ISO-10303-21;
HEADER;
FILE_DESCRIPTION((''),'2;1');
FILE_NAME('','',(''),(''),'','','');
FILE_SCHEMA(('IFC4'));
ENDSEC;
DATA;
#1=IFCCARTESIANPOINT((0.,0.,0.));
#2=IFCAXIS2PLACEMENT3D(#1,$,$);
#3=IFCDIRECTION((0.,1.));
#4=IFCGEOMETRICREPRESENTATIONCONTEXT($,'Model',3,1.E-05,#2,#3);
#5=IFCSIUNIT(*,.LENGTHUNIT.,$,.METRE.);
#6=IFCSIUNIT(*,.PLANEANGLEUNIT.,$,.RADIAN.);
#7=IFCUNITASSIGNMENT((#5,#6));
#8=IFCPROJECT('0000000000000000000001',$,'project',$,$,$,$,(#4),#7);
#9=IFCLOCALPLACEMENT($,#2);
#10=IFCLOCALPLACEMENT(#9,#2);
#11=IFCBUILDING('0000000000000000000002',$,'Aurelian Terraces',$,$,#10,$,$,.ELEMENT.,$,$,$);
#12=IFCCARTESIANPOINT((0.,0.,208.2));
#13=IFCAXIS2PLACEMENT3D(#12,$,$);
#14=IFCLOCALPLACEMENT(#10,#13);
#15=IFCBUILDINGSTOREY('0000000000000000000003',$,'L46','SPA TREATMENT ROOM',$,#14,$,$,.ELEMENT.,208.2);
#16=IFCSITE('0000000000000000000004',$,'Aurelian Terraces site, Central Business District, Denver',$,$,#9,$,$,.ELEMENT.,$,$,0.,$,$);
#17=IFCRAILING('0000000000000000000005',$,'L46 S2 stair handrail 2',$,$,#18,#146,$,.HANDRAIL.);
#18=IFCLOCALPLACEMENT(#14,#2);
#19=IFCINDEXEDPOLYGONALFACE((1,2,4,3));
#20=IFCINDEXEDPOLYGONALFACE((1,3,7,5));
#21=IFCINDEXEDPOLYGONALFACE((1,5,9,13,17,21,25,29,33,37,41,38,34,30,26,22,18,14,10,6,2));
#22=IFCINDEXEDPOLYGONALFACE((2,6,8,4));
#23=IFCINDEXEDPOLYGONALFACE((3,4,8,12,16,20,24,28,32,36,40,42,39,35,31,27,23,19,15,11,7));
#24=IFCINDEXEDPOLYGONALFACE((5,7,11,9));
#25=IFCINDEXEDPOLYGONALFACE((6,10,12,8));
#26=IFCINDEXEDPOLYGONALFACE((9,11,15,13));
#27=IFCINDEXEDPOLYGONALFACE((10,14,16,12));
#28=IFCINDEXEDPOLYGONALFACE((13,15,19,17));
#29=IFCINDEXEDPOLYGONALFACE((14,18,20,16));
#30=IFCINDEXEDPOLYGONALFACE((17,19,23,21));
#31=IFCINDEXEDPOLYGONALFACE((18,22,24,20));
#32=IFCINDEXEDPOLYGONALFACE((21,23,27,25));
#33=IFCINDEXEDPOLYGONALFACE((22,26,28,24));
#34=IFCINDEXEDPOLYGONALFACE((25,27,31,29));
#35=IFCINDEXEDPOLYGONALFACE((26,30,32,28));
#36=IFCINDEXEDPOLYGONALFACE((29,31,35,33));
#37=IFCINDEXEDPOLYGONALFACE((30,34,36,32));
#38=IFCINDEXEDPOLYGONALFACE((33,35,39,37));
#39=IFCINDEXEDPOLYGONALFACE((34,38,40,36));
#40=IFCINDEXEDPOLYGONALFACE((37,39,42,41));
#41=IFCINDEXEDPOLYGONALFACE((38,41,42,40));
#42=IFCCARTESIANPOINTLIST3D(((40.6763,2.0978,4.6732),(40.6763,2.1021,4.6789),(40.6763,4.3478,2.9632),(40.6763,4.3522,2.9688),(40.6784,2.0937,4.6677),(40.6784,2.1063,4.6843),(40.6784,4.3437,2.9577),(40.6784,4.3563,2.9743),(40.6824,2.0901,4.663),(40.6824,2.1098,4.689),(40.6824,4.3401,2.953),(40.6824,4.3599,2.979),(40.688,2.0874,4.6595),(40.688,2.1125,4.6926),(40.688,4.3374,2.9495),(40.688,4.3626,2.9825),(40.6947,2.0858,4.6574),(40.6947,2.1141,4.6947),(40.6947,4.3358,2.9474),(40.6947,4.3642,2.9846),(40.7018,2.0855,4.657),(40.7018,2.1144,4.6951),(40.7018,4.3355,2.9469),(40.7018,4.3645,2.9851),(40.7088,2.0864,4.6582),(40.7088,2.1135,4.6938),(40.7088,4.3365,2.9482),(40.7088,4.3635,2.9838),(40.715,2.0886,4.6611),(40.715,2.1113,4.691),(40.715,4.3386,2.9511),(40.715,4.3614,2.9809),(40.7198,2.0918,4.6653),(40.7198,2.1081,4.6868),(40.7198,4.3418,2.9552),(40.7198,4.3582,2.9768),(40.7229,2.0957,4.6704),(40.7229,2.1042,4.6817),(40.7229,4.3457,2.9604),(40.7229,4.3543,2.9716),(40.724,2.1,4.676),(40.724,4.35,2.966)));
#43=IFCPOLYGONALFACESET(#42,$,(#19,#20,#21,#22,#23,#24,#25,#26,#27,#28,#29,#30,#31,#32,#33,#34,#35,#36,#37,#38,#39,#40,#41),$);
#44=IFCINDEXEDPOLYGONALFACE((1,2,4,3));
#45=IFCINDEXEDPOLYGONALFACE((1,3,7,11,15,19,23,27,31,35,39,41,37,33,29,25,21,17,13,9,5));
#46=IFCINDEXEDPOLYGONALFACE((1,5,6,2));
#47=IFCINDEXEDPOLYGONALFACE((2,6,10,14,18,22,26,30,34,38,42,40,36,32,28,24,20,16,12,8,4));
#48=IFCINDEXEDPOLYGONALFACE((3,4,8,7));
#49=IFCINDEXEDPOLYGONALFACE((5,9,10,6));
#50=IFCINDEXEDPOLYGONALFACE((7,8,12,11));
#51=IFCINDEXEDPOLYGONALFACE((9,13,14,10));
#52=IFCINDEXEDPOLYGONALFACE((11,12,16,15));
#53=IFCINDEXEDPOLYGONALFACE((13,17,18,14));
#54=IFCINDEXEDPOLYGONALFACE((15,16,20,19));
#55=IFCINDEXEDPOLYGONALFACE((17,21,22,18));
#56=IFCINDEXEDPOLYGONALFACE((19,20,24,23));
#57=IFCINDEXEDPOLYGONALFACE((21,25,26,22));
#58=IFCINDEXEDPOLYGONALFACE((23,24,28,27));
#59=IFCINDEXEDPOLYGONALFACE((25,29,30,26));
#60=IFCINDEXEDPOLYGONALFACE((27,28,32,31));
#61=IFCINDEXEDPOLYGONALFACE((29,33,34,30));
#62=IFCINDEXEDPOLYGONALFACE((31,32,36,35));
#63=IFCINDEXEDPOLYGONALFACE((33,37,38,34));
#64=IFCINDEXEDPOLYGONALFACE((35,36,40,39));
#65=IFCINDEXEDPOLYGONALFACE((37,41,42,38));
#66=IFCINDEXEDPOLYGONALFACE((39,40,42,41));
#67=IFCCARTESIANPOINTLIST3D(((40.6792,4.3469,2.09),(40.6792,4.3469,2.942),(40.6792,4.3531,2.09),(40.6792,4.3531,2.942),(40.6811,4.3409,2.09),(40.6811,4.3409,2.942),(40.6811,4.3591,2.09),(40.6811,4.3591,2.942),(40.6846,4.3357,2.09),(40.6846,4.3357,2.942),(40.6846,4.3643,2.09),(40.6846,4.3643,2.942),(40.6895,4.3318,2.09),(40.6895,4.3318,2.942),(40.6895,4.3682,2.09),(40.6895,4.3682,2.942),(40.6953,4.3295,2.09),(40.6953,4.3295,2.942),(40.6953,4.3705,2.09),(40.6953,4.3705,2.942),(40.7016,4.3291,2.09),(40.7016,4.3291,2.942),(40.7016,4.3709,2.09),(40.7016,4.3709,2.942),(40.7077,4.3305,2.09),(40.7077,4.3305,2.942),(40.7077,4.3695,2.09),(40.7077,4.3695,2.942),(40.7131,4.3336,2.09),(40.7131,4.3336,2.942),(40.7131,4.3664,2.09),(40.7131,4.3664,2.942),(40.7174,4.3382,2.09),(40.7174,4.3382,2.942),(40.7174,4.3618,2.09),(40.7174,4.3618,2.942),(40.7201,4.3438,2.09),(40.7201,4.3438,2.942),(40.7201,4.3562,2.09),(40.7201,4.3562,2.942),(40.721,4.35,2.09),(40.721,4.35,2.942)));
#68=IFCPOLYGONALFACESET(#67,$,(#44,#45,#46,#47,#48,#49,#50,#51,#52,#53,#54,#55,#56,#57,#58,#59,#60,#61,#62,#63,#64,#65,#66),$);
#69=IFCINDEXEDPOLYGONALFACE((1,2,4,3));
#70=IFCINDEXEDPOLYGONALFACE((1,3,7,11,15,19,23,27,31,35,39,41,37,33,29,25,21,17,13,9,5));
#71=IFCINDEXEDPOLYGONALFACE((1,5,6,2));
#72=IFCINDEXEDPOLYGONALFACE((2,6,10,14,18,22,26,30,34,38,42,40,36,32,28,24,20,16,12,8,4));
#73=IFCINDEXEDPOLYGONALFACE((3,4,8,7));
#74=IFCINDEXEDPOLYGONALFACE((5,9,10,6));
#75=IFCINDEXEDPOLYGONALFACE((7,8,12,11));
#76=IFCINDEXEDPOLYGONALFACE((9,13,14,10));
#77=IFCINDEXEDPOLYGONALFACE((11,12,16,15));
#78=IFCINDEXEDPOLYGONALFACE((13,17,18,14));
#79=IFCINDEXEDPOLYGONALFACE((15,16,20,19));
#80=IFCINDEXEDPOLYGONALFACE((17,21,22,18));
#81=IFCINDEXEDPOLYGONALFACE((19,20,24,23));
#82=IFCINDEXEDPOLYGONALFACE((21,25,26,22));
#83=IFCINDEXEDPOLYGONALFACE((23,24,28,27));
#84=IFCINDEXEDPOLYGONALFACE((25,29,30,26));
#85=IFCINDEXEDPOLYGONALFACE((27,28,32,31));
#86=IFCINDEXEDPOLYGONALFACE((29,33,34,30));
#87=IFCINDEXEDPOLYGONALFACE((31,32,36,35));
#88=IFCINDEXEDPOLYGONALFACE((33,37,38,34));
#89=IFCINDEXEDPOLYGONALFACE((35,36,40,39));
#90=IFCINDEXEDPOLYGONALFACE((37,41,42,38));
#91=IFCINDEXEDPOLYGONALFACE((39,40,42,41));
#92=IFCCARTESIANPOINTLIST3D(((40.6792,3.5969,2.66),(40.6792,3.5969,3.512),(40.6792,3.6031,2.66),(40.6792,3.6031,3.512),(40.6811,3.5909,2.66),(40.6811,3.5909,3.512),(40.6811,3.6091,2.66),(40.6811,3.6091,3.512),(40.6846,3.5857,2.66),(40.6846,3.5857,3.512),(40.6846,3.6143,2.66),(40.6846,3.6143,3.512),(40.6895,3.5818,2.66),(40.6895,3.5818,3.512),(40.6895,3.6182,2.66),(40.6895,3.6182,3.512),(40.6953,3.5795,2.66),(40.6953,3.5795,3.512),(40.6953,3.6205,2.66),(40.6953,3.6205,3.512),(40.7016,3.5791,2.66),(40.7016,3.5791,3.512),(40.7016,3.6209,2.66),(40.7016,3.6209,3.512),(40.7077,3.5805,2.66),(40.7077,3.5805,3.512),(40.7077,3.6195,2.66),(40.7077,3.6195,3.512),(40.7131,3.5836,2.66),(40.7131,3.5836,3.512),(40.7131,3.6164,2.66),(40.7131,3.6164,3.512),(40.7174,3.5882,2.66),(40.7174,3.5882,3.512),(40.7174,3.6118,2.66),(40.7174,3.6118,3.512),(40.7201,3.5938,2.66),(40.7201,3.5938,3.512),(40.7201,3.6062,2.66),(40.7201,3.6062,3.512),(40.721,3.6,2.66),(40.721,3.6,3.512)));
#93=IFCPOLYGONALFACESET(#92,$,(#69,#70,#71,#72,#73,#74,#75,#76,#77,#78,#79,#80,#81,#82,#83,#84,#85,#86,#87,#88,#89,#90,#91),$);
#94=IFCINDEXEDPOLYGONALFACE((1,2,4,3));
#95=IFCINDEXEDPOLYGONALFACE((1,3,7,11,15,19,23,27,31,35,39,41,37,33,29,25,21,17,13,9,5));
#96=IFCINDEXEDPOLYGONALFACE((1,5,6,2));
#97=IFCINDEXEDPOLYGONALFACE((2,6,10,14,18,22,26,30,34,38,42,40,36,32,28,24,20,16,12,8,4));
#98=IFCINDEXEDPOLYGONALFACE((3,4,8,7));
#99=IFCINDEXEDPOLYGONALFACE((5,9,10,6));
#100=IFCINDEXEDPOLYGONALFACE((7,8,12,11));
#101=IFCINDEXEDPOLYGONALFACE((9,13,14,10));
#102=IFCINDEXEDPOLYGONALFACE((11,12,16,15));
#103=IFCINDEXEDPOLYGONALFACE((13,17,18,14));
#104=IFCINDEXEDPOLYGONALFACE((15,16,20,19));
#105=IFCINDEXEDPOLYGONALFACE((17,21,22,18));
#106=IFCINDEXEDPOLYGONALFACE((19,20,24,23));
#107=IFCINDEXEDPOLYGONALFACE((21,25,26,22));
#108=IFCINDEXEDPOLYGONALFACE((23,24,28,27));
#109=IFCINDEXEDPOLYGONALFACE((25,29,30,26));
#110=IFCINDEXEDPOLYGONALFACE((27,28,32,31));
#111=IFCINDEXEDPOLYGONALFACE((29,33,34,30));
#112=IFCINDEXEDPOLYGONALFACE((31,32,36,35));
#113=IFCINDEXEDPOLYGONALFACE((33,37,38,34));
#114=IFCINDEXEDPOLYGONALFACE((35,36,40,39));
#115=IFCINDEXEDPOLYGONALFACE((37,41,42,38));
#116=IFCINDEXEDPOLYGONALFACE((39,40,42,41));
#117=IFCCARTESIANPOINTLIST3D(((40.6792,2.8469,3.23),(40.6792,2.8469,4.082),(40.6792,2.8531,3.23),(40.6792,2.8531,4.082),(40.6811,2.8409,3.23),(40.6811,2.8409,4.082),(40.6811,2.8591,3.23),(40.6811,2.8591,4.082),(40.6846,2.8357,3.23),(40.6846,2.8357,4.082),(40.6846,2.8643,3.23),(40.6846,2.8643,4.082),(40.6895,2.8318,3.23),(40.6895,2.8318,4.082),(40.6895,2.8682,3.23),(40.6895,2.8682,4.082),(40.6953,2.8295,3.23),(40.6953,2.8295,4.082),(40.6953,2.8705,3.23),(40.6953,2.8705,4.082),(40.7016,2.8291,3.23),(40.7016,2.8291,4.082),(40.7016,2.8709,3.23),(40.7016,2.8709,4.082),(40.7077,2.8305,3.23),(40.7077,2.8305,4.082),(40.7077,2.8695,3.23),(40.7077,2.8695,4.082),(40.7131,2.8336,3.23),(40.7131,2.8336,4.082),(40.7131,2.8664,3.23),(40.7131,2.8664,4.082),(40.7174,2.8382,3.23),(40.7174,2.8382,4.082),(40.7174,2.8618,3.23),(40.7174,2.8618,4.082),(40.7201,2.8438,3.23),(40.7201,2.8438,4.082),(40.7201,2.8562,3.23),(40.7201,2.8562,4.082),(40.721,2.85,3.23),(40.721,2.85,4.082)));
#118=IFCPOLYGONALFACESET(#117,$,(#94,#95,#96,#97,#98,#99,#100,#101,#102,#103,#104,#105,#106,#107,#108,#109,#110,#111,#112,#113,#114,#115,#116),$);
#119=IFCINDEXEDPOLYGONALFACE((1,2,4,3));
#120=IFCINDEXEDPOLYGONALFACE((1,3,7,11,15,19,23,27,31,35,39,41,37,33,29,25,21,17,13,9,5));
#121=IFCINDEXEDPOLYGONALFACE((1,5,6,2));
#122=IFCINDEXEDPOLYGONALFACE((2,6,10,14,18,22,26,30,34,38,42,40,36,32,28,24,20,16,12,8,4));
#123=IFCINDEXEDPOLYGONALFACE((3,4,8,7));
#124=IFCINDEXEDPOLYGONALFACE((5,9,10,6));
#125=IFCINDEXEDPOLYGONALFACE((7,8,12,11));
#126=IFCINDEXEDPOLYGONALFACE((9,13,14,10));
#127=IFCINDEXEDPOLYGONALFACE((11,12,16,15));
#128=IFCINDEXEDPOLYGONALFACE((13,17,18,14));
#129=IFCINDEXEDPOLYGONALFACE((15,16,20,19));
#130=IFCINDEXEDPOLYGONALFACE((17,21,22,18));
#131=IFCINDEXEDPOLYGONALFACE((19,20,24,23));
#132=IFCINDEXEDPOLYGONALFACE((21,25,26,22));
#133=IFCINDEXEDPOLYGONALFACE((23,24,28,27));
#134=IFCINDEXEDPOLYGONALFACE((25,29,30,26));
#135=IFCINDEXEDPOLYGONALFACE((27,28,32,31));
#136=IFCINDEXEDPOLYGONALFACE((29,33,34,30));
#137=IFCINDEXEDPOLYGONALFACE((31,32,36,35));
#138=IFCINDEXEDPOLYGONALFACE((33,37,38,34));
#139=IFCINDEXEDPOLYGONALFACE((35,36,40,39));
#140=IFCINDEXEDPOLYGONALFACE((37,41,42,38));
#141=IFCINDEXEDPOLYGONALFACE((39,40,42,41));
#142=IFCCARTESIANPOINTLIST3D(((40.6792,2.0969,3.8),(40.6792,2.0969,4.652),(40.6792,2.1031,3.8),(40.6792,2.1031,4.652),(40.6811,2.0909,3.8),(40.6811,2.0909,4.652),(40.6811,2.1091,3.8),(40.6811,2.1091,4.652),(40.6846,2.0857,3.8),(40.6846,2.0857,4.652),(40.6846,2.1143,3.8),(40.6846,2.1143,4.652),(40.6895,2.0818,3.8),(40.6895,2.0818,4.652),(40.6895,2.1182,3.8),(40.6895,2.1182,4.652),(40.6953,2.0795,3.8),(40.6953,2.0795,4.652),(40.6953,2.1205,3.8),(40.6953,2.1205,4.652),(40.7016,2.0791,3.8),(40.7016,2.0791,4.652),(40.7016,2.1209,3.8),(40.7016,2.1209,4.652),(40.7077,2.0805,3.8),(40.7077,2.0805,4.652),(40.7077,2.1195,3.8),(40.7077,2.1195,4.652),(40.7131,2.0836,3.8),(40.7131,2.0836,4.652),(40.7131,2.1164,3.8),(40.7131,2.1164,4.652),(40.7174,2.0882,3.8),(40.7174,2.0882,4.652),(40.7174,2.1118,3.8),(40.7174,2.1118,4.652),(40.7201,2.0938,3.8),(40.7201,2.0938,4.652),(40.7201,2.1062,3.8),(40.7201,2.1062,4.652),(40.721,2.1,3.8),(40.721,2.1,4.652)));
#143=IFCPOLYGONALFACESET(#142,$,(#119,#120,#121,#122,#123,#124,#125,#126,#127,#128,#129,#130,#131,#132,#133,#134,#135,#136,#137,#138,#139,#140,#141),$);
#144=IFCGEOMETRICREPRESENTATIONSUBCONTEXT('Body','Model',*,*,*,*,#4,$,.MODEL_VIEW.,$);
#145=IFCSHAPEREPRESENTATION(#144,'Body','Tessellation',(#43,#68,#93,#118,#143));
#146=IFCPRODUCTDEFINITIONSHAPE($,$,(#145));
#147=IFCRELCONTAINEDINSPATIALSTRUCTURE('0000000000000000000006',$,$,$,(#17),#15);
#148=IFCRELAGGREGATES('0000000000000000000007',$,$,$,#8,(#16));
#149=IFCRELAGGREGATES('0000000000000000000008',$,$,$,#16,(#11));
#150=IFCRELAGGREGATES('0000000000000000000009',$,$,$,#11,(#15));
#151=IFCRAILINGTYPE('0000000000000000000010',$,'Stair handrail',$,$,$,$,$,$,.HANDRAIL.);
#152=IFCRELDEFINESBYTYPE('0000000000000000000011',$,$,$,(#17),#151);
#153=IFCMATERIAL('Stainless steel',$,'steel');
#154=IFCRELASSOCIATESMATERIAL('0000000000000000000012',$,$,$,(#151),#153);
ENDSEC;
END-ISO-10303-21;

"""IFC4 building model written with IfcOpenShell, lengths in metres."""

from ifc_helpers import new_model, si_unit, direction, frame, origin, origin_2d, place, context, subcontext, project, spatial, circle, extrude, source, transform, mapped, material, type_object, element, save


model = new_model("IFC4")

# Units and contexts
model_context = context("Model", 3, precision=1e-05, world=origin(), true_north=direction((0.0, 1.0)))
body_context = subcontext(model_context, "Body", "Model", "MODEL_VIEW")
ifc_project = project(units=[si_unit("LENGTHUNIT", "METRE"), si_unit("PLANEANGLEUNIT", "RADIAN")], contexts=[model_context])

# Site, building, storey
site_placement = place(None, origin())
site = spatial("IfcSite", under=ifc_project, at=site_placement, Name="Aurelian Terraces site, Central Business District, Denver", CompositionType="ELEMENT", RefElevation=0.0)
building_placement = place(site_placement, origin())
building = spatial("IfcBuilding", under=site, at=building_placement, Name="Aurelian Terraces", CompositionType="ELEMENT")
storey_placement = place(building_placement, frame((0.0, 0.0, 208.2)))
storey = spatial("IfcBuildingStorey", under=building, at=storey_placement, Name="L46", Description="SPA TREATMENT ROOM", CompositionType="ELEMENT", Elevation=208.2)

# Railing
ifc_material_1 = material(Name="Stainless steel", Category="steel")
railing_type_1 = type_object("IfcRailingType", Name="Stair handrail", PredefinedType="HANDRAIL", material=ifc_material_1)
shared_shape_1 = source(origin(), body_context, "Body", "SweptSolid", [
    extrude(circle(Radius=0.024, at=origin_2d()), frame((0.0, 0.0, 0.876), z_axis=(0.0, -0.796162, 0.605083), x_axis=(1.0, 0.0, 0.0)), (0.0, 0.0, 1.0), 2.8261),
    extrude(circle(Radius=0.021, at=origin_2d()), origin(), (0.0, 0.0, 1.0), 0.852),
    extrude(circle(Radius=0.021, at=origin_2d()), frame((0.0, -0.75, 0.57)), (0.0, 0.0, 1.0), 0.852),
    extrude(circle(Radius=0.021, at=origin_2d()), frame((0.0, -1.5, 1.14)), (0.0, 0.0, 1.0), 0.852),
    extrude(circle(Radius=0.021, at=origin_2d()), frame((0.0, -2.25, 1.71)), (0.0, 0.0, 1.0), 0.852),
])
railing_1_placement = place(storey_placement, frame((40.7, 4.35, 2.09)))
element("IfcRailing", 1, at=railing_1_placement, inside=storey, type_object=railing_type_1, Name="L46 S2 stair handrail 2", PredefinedType="HANDRAIL", context=body_context, shape_type="MappedRepresentation", body=[
    mapped(shared_shape_1, transform((0.0, 0.0, 0.0), scale=1.0)),
])

save(model, "model.ifc")
